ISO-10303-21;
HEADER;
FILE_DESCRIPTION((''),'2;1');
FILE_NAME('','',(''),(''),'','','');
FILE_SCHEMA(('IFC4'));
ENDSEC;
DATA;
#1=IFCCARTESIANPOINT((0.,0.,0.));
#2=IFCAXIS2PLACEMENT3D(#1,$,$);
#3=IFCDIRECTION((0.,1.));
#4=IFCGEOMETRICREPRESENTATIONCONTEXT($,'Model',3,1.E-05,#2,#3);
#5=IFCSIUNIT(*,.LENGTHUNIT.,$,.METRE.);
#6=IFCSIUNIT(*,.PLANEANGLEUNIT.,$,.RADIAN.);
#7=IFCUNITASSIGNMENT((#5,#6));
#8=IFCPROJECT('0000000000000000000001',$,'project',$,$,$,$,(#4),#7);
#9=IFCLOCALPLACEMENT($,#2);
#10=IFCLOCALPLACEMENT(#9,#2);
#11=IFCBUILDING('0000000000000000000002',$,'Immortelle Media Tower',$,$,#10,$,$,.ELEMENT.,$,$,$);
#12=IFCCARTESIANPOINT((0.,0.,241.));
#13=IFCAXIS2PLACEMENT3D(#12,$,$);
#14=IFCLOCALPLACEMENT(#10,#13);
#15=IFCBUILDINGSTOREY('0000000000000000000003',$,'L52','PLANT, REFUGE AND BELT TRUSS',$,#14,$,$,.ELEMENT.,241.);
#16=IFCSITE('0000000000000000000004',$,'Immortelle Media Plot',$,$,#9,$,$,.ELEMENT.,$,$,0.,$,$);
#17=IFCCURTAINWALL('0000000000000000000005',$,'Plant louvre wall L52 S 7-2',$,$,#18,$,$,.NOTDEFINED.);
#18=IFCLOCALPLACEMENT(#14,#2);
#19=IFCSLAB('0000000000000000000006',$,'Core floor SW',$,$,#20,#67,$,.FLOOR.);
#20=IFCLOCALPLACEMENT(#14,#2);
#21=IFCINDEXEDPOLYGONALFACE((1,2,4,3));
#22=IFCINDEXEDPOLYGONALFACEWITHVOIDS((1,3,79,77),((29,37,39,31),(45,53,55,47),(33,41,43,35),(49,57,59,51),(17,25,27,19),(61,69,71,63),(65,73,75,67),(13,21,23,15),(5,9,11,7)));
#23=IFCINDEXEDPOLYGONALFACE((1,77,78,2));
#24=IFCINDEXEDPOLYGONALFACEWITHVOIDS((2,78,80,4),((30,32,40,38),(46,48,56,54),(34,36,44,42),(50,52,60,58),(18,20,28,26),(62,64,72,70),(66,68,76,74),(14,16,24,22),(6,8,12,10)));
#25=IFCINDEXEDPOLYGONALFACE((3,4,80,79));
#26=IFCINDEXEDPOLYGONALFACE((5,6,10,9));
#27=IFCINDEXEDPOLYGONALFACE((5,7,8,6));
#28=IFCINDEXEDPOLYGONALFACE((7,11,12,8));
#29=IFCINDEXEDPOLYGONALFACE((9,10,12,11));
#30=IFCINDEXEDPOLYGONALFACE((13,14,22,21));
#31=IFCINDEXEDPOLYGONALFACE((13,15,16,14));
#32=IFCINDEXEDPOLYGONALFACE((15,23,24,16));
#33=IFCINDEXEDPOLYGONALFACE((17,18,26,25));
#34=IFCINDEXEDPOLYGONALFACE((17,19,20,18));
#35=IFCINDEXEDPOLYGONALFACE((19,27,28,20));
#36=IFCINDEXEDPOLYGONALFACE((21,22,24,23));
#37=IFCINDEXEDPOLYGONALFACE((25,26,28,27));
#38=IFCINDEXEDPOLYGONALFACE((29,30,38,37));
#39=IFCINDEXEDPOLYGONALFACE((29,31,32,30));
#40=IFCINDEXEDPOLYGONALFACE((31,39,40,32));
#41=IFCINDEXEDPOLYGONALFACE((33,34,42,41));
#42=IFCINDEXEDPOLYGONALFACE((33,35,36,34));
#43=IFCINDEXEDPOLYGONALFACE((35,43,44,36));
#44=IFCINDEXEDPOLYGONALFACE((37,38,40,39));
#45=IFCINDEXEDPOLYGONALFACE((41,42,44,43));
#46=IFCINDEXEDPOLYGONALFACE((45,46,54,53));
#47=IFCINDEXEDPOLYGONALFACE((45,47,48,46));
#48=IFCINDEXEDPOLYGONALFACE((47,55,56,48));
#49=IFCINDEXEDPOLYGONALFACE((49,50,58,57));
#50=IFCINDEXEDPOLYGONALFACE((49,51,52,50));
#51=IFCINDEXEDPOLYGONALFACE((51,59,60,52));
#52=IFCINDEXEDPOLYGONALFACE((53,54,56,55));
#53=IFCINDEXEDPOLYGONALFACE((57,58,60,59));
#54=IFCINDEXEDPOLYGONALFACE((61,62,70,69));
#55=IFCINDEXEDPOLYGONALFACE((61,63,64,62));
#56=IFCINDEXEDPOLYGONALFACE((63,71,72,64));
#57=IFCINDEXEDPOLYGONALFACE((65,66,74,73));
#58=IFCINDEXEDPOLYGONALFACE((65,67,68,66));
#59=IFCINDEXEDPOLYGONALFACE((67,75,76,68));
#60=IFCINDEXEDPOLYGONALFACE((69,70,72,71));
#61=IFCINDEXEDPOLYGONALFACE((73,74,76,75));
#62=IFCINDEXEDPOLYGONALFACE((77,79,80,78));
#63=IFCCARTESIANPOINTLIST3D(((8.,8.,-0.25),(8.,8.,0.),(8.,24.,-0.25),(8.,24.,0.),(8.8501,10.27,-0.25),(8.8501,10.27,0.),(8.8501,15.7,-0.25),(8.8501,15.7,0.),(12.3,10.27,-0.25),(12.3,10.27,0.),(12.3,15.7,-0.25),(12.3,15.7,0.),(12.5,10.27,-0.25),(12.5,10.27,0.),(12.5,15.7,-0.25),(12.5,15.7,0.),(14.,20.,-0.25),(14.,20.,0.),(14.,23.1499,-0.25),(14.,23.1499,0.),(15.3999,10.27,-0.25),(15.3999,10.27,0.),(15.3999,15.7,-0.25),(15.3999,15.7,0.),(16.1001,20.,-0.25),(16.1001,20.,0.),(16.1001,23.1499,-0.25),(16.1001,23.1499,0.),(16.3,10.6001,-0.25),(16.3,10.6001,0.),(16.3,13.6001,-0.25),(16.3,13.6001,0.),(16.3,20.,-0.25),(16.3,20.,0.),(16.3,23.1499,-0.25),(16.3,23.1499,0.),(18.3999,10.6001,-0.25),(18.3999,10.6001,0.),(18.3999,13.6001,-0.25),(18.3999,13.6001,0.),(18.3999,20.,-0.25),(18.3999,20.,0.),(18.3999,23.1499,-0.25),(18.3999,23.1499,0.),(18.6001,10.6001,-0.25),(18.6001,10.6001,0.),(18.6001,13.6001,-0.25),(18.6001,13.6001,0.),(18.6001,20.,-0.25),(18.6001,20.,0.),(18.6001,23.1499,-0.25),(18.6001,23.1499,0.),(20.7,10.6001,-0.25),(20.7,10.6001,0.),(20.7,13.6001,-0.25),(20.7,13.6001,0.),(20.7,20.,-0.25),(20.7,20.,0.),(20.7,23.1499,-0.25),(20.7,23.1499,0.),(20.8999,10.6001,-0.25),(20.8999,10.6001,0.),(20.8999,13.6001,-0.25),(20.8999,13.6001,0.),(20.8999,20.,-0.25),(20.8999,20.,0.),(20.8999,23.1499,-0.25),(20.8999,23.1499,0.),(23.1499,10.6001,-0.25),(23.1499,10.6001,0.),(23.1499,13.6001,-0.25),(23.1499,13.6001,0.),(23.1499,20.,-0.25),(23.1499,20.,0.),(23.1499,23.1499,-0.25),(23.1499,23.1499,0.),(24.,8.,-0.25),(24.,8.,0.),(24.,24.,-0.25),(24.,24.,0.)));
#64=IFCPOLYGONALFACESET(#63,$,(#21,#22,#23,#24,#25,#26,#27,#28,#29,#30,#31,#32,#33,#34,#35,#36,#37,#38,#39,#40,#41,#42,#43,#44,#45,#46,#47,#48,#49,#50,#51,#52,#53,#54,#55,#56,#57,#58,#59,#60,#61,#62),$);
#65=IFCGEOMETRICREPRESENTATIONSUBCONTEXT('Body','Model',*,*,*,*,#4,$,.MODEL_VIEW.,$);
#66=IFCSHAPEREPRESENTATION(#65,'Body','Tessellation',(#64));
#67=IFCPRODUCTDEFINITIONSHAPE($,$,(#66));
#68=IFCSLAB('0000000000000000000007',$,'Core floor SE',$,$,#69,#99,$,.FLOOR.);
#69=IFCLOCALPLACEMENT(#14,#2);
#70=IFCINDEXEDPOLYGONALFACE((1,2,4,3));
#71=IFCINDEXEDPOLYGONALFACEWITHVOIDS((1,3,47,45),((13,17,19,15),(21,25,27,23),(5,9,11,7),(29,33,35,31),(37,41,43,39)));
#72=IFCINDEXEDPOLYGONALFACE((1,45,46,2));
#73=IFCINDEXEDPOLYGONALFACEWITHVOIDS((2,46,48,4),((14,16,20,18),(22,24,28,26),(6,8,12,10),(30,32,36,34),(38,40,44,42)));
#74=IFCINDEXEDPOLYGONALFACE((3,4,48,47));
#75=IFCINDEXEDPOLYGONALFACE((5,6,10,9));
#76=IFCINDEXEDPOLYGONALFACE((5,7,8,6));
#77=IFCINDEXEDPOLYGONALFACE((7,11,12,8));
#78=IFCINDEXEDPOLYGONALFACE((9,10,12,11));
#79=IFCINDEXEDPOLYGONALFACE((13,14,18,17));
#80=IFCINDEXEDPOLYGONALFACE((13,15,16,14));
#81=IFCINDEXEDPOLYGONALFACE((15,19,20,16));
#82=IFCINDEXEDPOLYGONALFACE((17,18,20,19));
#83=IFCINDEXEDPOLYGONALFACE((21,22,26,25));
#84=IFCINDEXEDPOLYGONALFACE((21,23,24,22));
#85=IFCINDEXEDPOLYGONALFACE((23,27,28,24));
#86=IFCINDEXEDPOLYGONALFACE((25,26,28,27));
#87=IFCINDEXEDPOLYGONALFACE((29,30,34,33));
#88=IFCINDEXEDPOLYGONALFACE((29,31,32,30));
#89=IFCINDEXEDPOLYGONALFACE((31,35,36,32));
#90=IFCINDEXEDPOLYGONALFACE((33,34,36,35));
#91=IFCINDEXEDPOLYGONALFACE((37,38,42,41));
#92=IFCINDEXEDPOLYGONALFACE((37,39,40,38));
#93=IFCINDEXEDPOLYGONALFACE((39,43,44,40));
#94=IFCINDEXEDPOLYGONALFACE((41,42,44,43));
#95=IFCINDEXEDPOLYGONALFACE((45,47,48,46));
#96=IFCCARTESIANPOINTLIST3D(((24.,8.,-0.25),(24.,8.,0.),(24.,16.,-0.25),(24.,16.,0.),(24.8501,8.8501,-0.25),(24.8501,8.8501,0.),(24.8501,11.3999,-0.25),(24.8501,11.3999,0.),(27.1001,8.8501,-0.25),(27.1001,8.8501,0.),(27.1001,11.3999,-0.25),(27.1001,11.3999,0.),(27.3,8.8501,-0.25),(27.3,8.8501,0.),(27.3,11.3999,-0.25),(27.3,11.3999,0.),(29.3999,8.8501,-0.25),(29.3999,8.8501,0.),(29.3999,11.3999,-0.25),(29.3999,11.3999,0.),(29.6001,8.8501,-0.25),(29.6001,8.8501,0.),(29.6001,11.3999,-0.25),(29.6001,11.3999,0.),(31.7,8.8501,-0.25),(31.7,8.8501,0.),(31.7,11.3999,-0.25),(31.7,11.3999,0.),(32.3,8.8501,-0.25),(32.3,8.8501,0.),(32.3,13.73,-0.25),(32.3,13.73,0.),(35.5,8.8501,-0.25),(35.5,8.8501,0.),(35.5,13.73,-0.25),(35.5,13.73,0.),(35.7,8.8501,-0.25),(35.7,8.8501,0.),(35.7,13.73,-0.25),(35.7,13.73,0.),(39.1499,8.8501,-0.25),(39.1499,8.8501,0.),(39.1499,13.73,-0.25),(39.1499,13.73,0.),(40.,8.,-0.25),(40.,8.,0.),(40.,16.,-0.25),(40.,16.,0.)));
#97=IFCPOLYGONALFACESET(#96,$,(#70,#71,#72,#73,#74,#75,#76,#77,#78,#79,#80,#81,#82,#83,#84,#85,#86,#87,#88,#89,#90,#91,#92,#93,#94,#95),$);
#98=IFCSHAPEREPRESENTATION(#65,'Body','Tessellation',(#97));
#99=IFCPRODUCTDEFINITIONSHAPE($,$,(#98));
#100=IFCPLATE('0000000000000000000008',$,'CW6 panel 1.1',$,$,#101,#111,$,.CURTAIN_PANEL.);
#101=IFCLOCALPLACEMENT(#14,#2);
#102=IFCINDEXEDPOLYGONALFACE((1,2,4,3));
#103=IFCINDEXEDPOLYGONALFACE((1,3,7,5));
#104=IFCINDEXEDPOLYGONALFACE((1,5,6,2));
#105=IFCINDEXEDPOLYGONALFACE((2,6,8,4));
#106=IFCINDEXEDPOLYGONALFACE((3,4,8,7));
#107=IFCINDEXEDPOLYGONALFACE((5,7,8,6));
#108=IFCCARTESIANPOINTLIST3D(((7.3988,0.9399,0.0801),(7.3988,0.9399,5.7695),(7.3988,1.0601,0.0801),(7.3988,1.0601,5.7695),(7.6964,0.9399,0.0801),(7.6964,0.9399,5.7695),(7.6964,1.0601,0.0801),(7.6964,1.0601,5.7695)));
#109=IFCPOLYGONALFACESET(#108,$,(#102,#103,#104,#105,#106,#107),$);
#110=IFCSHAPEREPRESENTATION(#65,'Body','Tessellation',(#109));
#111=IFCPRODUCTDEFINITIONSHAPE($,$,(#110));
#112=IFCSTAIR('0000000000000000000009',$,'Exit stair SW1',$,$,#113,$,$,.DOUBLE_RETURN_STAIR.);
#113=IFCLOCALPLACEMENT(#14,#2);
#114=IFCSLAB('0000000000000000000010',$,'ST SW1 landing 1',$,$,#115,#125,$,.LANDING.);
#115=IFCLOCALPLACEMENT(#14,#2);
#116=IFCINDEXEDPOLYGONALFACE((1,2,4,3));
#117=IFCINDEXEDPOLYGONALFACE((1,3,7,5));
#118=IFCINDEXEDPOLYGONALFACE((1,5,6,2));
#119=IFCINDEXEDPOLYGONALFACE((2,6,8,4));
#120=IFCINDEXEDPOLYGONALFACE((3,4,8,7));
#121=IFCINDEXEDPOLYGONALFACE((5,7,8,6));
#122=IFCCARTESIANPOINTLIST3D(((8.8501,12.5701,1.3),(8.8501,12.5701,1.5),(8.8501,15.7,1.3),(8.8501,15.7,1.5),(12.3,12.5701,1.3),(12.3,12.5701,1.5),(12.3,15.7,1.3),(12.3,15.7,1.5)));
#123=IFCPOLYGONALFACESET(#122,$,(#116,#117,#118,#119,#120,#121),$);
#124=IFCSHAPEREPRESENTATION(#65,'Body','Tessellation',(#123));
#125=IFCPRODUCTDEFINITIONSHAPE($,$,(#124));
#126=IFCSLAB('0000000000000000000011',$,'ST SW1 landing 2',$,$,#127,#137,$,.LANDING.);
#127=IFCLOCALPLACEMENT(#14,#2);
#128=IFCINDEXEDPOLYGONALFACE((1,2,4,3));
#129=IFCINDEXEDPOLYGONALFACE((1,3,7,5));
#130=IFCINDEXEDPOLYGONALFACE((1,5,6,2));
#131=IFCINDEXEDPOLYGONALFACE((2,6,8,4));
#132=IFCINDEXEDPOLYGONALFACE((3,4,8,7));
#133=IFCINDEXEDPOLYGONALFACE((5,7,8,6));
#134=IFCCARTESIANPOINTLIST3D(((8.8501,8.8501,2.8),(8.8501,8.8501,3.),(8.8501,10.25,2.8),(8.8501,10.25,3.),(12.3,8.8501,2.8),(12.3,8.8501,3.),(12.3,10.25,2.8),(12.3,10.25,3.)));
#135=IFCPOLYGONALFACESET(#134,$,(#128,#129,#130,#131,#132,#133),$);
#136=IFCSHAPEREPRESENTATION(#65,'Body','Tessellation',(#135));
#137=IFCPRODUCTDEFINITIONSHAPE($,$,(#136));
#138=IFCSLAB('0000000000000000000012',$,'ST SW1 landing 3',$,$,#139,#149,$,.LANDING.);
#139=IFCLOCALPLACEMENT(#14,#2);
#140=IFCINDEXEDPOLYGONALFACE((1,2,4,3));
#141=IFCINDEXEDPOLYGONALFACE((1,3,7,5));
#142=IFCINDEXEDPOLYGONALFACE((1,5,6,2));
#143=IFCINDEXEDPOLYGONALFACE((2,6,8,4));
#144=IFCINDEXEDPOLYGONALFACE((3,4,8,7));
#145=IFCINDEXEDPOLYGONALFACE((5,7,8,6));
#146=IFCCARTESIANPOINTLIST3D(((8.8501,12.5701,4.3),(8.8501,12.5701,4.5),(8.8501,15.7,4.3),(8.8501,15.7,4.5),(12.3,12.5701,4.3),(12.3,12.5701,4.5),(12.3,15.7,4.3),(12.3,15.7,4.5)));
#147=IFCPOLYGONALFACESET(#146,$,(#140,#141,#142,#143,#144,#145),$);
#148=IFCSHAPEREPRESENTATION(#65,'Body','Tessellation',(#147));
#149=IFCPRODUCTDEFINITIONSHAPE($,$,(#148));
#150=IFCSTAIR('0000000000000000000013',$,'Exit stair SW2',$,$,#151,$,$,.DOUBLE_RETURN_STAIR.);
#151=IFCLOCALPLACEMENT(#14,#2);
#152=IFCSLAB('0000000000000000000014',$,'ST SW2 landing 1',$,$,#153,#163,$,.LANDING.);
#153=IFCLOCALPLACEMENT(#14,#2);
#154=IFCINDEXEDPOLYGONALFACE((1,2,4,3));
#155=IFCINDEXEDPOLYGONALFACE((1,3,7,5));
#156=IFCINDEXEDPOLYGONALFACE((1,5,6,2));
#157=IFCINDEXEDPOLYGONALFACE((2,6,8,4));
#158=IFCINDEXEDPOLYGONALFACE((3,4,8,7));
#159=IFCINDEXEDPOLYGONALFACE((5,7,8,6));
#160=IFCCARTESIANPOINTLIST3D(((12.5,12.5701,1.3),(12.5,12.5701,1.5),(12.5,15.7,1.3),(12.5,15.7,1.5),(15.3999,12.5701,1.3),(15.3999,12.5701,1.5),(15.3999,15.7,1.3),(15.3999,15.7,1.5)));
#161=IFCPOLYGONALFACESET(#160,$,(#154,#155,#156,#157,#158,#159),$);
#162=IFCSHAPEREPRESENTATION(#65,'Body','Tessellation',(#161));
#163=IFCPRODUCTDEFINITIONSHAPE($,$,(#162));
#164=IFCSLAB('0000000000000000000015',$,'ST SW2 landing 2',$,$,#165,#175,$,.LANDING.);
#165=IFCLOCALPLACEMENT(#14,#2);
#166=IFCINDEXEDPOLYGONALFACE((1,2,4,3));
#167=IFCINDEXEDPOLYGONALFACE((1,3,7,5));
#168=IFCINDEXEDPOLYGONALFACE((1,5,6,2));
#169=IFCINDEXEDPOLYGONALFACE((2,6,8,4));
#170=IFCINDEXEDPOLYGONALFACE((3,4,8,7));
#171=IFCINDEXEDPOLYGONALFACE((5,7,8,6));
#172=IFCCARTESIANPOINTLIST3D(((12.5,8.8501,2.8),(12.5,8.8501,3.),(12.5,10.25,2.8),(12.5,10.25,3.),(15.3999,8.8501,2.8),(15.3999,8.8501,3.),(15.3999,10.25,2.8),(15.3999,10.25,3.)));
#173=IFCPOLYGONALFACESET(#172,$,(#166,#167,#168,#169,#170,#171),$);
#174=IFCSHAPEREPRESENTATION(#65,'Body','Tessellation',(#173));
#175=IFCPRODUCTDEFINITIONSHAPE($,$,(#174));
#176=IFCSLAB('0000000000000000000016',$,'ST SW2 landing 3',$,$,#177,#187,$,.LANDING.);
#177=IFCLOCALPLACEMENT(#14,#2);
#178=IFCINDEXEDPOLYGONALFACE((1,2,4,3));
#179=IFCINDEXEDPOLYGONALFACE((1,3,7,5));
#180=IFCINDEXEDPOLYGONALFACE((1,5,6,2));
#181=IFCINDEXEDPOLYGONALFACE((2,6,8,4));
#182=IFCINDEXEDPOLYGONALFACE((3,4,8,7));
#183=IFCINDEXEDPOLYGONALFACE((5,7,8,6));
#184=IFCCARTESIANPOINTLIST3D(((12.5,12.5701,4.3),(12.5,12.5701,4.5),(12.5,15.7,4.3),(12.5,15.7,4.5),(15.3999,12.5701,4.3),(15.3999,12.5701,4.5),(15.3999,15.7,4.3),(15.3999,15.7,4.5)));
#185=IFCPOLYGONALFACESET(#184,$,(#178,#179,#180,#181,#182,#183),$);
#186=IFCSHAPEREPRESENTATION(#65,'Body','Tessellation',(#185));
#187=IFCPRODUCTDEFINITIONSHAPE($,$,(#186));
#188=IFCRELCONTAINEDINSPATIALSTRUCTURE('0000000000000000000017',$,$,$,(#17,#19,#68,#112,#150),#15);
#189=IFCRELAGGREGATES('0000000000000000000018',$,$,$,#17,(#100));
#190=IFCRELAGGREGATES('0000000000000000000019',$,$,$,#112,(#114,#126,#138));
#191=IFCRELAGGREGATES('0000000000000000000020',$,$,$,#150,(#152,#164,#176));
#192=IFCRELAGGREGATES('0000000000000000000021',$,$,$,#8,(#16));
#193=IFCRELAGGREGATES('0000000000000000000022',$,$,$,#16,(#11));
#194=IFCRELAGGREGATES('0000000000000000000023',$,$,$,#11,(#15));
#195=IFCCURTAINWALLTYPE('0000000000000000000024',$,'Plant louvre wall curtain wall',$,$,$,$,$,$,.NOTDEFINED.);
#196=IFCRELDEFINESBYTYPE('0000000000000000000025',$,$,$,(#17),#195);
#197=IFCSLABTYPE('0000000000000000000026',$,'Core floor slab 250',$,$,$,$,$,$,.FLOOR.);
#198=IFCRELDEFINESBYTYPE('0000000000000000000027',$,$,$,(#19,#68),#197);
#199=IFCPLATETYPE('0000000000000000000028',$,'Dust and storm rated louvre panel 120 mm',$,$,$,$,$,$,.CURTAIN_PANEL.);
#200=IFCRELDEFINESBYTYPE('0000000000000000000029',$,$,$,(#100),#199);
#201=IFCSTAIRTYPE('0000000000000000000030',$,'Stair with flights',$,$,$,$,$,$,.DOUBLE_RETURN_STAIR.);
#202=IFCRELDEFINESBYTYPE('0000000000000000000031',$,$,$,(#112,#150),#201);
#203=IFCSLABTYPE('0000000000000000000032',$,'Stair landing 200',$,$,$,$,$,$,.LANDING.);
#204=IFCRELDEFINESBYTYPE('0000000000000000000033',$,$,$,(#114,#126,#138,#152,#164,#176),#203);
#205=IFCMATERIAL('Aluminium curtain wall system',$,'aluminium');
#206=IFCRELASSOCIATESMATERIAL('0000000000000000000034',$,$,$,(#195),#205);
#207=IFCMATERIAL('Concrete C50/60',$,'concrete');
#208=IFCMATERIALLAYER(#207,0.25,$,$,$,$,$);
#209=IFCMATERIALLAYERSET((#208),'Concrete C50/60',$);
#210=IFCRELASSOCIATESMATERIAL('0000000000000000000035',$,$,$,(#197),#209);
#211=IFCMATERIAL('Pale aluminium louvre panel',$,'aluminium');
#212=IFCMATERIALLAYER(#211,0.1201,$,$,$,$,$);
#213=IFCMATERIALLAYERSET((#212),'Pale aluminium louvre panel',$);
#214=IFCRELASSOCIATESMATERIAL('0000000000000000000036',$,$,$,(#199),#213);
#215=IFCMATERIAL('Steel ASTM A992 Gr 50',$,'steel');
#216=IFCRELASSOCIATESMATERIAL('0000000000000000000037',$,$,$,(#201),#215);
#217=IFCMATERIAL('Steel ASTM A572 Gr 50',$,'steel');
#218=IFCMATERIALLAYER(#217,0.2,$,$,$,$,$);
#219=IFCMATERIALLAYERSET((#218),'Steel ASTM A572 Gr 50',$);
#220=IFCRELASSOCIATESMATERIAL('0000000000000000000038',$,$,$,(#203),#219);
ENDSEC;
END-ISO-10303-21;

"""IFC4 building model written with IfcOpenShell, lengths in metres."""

from ifc_helpers import new_model, si_unit, direction, frame, origin, origin_2d, place, context, subcontext, project, spatial, polyline, rectangle, outline, extrude, material, layer, layer_set, type_object, element, aggregate, save


model = new_model("IFC4")

# Units and contexts
model_context = context("Model", 3, precision=1e-05, world=origin(), true_north=direction((0.0, 1.0)))
body_context = subcontext(model_context, "Body", "Model", "MODEL_VIEW")
ifc_project = project(units=[si_unit("LENGTHUNIT", "METRE"), si_unit("PLANEANGLEUNIT", "RADIAN")], contexts=[model_context])

# Site, building, storey
site_placement = place(None, origin())
site = spatial("IfcSite", under=ifc_project, at=site_placement, Name="Immortelle Media Plot", CompositionType="ELEMENT", RefElevation=0.0)
building_placement = place(site_placement, origin())
building = spatial("IfcBuilding", under=site, at=building_placement, Name="Immortelle Media Tower", CompositionType="ELEMENT")
storey_placement = place(building_placement, frame((0.0, 0.0, 241.0)))
storey = spatial("IfcBuildingStorey", under=building, at=storey_placement, Name="L52", Description="PLANT, REFUGE AND BELT TRUSS", CompositionType="ELEMENT", Elevation=241.0)

# Curtain wall
ifc_material_1 = material(Name="Aluminium curtain wall system", Category="aluminium")
curtain_wall_type = type_object("IfcCurtainWallType", Name="Plant louvre wall curtain wall", PredefinedType="NOTDEFINED", material=ifc_material_1)
curtain_wall_1_placement = place(storey_placement, origin())
curtain_wall_1 = element("IfcCurtainWall", 1, at=curtain_wall_1_placement, inside=storey, type_object=curtain_wall_type, Name="Plant louvre wall L52 S 7-2", PredefinedType="NOTDEFINED")

# Shared definitions
ifc_material_2 = material(Name="Steel ASTM A992 Gr 50", Category="steel")

# Slabs
ifc_material_3 = material(Name="Concrete C50/60", Category="concrete")
ifc_layer_1 = layer(ifc_material_3, 0.25)
ifc_layer_set_1 = layer_set([ifc_layer_1], Name="Concrete C50/60")
slab_type_1 = type_object("IfcSlabType", Name="Core floor slab 250", PredefinedType="FLOOR", material=ifc_layer_set_1)
slab_1_placement = place(storey_placement, frame((0.0, 0.0, -0.25)))
element("IfcSlab", 2, at=slab_1_placement, inside=storey, type_object=slab_type_1, Name="Core floor SW", PredefinedType="FLOOR", context=body_context, shape_type="SweptSolid", body=[
    extrude(outline(polyline([(8.0, 8.0), (24.0, 8.0), (24.0, 24.0), (8.0, 24.0), (8.0, 8.0)]), holes=[polyline([(14.0, 20.0), (16.1001, 20.0), (16.1001, 23.1499), (14.0, 23.1499), (14.0, 20.0)]), polyline([(16.3, 20.0), (18.3999, 20.0), (18.3999, 23.1499), (16.3, 23.1499), (16.3, 20.0)]), polyline([(18.6001, 20.0), (20.7, 20.0), (20.7, 23.1499), (18.6001, 23.1499), (18.6001, 20.0)]), polyline([(20.8999, 20.0), (23.1499, 20.0), (23.1499, 23.1499), (20.8999, 23.1499), (20.8999, 20.0)]), polyline([(16.3, 10.6001), (18.3999, 10.6001), (18.3999, 13.6001), (16.3, 13.6001), (16.3, 10.6001)]), polyline([(18.6001, 10.6001), (20.7, 10.6001), (20.7, 13.6001), (18.6001, 13.6001), (18.6001, 10.6001)]), polyline([(20.8999, 10.6001), (23.1499, 10.6001), (23.1499, 13.6001), (20.8999, 13.6001), (20.8999, 10.6001)]), polyline([(8.8501, 10.27), (12.3, 10.27), (12.3, 15.7), (8.8501, 15.7), (8.8501, 10.27)]), polyline([(12.5, 10.27), (15.3999, 10.27), (15.3999, 15.7), (12.5, 15.7), (12.5, 10.27)])]), origin(), (0.0, 0.0, 1.0), 0.25),
])
slab_2_placement = place(storey_placement, frame((0.0, 0.0, -0.25)))
element("IfcSlab", 3, at=slab_2_placement, inside=storey, type_object=slab_type_1, Name="Core floor SE", PredefinedType="FLOOR", context=body_context, shape_type="SweptSolid", body=[
    extrude(outline(polyline([(24.0, 8.0), (40.0, 8.0), (40.0, 16.0), (24.0, 16.0), (24.0, 8.0)]), holes=[polyline([(24.8501, 8.8501), (27.1001, 8.8501), (27.1001, 11.3999), (24.8501, 11.3999), (24.8501, 8.8501)]), polyline([(27.3, 8.8501), (29.3999, 8.8501), (29.3999, 11.3999), (27.3, 11.3999), (27.3, 8.8501)]), polyline([(29.6001, 8.8501), (31.7, 8.8501), (31.7, 11.3999), (29.6001, 11.3999), (29.6001, 8.8501)]), polyline([(32.3, 8.8501), (35.5, 8.8501), (35.5, 13.73), (32.3, 13.73), (32.3, 8.8501)]), polyline([(35.7, 8.8501), (39.1499, 8.8501), (39.1499, 13.73), (35.7, 13.73), (35.7, 8.8501)])]), origin(), (0.0, 0.0, 1.0), 0.25),
])

# Plate
ifc_material_4 = material(Name="Pale aluminium louvre panel", Category="aluminium")
ifc_layer_2 = layer(ifc_material_4, 0.1201)
ifc_layer_set_2 = layer_set([ifc_layer_2], Name="Pale aluminium louvre panel")
plate_type = type_object("IfcPlateType", Name="Dust and storm rated louvre panel 120 mm", PredefinedType="CURTAIN_PANEL", material=ifc_layer_set_2)
plate_placement = place(storey_placement, frame((7.5476, 1.0, 0.0801), z_axis=(0.0, 0.0, 1.0), x_axis=(1.0, 0.0, 0.0)))
plate = element("IfcPlate", 4, at=plate_placement, type_object=plate_type, Name="CW6 panel 1.1", PredefinedType="CURTAIN_PANEL", context=body_context, shape_type="SweptSolid", body=[
    extrude(rectangle(XDim=0.2976, YDim=0.1201, at=origin_2d()), origin(), (0.0, 0.0, 1.0), 5.6895),
])
aggregate(curtain_wall_1, [plate])

# Stairs, slabs
stair_type = type_object("IfcStairType", Name="Stair with flights", PredefinedType="DOUBLE_RETURN_STAIR", material=ifc_material_2)
stair_1_placement = place(storey_placement, origin())
stair_1 = element("IfcStair", 5, at=stair_1_placement, inside=storey, type_object=stair_type, Name="Exit stair SW1", PredefinedType="DOUBLE_RETURN_STAIR")
ifc_material_5 = material(Name="Steel ASTM A572 Gr 50", Category="steel")
ifc_layer_3 = layer(ifc_material_5, 0.2)
ifc_layer_set_3 = layer_set([ifc_layer_3], Name="Steel ASTM A572 Gr 50")
slab_type_2 = type_object("IfcSlabType", Name="Stair landing 200", PredefinedType="LANDING", material=ifc_layer_set_3)
slab_3_placement = place(storey_placement, frame((0.0, 0.0, 1.3)))
slab_3 = element("IfcSlab", 6, at=slab_3_placement, type_object=slab_type_2, Name="ST SW1 landing 1", PredefinedType="LANDING", context=body_context, shape_type="SweptSolid", body=[
    extrude(outline(polyline([(8.8501, 12.5701), (12.3, 12.5701), (12.3, 15.7), (8.8501, 15.7), (8.8501, 12.5701)])), origin(), (0.0, 0.0, 1.0), 0.2),
])
slab_4_placement = place(storey_placement, frame((0.0, 0.0, 2.8)))
slab_4 = element("IfcSlab", 7, at=slab_4_placement, type_object=slab_type_2, Name="ST SW1 landing 2", PredefinedType="LANDING", context=body_context, shape_type="SweptSolid", body=[
    extrude(outline(polyline([(8.8501, 8.8501), (12.3, 8.8501), (12.3, 10.25), (8.8501, 10.25), (8.8501, 8.8501)])), origin(), (0.0, 0.0, 1.0), 0.2),
])
slab_5_placement = place(storey_placement, frame((0.0, 0.0, 4.3)))
slab_5 = element("IfcSlab", 8, at=slab_5_placement, type_object=slab_type_2, Name="ST SW1 landing 3", PredefinedType="LANDING", context=body_context, shape_type="SweptSolid", body=[
    extrude(outline(polyline([(8.8501, 12.5701), (12.3, 12.5701), (12.3, 15.7), (8.8501, 15.7), (8.8501, 12.5701)])), origin(), (0.0, 0.0, 1.0), 0.2),
])
aggregate(stair_1, [slab_3, slab_4, slab_5])
stair_2_placement = place(storey_placement, origin())
stair_2 = element("IfcStair", 9, at=stair_2_placement, inside=storey, type_object=stair_type, Name="Exit stair SW2", PredefinedType="DOUBLE_RETURN_STAIR")
slab_6_placement = place(storey_placement, frame((0.0, 0.0, 1.3)))
slab_6 = element("IfcSlab", 10, at=slab_6_placement, type_object=slab_type_2, Name="ST SW2 landing 1", PredefinedType="LANDING", context=body_context, shape_type="SweptSolid", body=[
    extrude(outline(polyline([(12.5, 12.5701), (15.3999, 12.5701), (15.3999, 15.7), (12.5, 15.7), (12.5, 12.5701)])), origin(), (0.0, 0.0, 1.0), 0.2),
])
slab_7_placement = place(storey_placement, frame((0.0, 0.0, 2.8)))
slab_7 = element("IfcSlab", 11, at=slab_7_placement, type_object=slab_type_2, Name="ST SW2 landing 2", PredefinedType="LANDING", context=body_context, shape_type="SweptSolid", body=[
    extrude(outline(polyline([(12.5, 8.8501), (15.3999, 8.8501), (15.3999, 10.25), (12.5, 10.25), (12.5, 8.8501)])), origin(), (0.0, 0.0, 1.0), 0.2),
])
slab_8_placement = place(storey_placement, frame((0.0, 0.0, 4.3)))
slab_8 = element("IfcSlab", 12, at=slab_8_placement, type_object=slab_type_2, Name="ST SW2 landing 3", PredefinedType="LANDING", context=body_context, shape_type="SweptSolid", body=[
    extrude(outline(polyline([(12.5, 12.5701), (15.3999, 12.5701), (15.3999, 15.7), (12.5, 15.7), (12.5, 12.5701)])), origin(), (0.0, 0.0, 1.0), 0.2),
])
aggregate(stair_2, [slab_6, slab_7, slab_8])

save(model, "model.ifc")
